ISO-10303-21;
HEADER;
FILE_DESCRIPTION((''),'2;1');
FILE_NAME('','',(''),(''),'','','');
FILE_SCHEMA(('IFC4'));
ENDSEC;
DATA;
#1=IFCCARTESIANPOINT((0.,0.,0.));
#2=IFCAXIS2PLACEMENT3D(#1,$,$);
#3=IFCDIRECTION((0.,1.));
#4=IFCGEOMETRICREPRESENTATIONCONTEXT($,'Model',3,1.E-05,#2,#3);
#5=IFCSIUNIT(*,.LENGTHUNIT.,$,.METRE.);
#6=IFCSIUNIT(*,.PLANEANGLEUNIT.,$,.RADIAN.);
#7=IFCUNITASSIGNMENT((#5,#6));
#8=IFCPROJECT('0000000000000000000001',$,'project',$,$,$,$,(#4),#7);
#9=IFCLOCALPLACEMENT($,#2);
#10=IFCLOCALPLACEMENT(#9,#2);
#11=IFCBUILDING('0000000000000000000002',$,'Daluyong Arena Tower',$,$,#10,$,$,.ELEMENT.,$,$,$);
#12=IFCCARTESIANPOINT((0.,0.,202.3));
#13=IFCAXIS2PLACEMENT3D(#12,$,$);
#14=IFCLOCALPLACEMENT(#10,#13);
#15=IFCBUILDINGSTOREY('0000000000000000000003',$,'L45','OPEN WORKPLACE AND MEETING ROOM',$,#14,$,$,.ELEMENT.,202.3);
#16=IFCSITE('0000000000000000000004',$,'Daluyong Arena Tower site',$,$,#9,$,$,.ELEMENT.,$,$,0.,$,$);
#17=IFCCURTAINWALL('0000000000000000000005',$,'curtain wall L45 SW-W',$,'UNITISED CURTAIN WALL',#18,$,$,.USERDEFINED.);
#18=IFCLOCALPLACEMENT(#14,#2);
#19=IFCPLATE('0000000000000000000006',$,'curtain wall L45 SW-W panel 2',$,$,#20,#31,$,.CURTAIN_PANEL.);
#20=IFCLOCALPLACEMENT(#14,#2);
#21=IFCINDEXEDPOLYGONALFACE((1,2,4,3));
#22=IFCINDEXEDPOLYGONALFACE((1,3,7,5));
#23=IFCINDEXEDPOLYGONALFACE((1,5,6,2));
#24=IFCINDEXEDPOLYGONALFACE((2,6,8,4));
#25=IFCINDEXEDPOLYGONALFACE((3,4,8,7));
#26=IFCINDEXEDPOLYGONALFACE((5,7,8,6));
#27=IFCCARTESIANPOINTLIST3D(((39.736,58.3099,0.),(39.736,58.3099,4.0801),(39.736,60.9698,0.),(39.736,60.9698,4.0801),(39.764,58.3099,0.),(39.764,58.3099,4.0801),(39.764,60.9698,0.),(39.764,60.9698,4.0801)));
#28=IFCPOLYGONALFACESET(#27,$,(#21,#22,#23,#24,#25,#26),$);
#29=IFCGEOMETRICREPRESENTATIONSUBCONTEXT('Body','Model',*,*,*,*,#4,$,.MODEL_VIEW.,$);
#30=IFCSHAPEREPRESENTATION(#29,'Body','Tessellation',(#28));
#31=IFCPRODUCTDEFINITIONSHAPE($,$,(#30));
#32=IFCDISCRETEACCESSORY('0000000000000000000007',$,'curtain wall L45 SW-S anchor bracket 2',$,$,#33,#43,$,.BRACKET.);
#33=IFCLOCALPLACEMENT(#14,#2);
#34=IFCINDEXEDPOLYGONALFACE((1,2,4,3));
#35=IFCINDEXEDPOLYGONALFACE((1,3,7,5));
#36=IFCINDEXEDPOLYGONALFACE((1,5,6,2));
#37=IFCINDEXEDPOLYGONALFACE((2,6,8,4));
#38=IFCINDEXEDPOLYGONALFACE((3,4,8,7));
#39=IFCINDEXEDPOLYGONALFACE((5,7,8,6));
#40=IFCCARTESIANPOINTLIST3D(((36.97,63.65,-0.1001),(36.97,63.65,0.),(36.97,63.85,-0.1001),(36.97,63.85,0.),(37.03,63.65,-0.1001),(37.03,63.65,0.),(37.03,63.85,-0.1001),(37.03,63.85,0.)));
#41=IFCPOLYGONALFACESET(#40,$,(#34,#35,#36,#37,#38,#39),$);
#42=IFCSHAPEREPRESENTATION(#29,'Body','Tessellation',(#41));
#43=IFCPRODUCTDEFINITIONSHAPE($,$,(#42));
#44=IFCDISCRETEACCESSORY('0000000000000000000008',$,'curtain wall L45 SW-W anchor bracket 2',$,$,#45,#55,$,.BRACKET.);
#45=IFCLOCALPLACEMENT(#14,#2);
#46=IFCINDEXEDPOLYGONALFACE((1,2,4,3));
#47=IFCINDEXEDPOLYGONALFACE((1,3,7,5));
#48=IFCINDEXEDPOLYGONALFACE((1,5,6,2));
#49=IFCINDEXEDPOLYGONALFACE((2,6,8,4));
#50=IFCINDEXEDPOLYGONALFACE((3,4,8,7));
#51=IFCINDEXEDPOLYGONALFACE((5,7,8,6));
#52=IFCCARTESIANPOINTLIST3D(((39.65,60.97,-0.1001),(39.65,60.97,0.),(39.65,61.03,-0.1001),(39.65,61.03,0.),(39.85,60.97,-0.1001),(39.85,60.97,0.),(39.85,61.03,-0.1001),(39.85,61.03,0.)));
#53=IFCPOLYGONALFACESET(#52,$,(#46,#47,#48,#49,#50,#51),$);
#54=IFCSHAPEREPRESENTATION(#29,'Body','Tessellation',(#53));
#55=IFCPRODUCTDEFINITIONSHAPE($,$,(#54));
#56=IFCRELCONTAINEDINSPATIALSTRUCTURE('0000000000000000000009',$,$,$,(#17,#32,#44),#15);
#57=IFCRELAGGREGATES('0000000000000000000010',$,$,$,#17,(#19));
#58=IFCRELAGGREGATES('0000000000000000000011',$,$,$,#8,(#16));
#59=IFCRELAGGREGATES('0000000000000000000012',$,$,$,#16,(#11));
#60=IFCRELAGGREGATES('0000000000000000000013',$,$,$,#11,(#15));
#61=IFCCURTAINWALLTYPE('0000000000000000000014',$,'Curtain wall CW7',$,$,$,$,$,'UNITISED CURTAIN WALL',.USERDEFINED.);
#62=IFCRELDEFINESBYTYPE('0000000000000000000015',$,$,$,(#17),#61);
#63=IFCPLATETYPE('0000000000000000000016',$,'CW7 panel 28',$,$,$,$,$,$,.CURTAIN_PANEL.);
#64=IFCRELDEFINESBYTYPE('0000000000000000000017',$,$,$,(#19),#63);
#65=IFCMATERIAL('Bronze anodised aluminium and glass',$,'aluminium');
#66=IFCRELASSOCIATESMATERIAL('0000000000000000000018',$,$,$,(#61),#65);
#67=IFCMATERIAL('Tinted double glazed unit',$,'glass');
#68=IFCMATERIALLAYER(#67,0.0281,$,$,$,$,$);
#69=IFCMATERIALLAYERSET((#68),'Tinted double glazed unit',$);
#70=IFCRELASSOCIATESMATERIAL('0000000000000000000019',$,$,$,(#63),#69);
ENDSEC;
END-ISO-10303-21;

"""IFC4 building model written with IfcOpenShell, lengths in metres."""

from ifc_helpers import new_model, si_unit, direction, frame, origin, origin_2d, place, context, subcontext, project, spatial, rectangle, extrude, material, layer, layer_set, type_object, element, aggregate, save


model = new_model("IFC4")

# Units and contexts
model_context = context("Model", 3, precision=1e-05, world=origin(), true_north=direction((0.0, 1.0)))
body_context = subcontext(model_context, "Body", "Model", "MODEL_VIEW")
ifc_project = project(units=[si_unit("LENGTHUNIT", "METRE"), si_unit("PLANEANGLEUNIT", "RADIAN")], contexts=[model_context])

# Site, building, storey
site_placement = place(None, origin())
site = spatial("IfcSite", under=ifc_project, at=site_placement, Name="Daluyong Arena Tower site", CompositionType="ELEMENT", RefElevation=0.0)
building_placement = place(site_placement, origin())
building = spatial("IfcBuilding", under=site, at=building_placement, Name="Daluyong Arena Tower", CompositionType="ELEMENT")
storey_placement = place(building_placement, frame((0.0, 0.0, 202.3)))
storey = spatial("IfcBuildingStorey", under=building, at=storey_placement, Name="L45", Description="OPEN WORKPLACE AND MEETING ROOM", CompositionType="ELEMENT", Elevation=202.3)

# Curtain wall
ifc_material_1 = material(Name="Bronze anodised aluminium and glass", Category="aluminium")
curtain_wall_type = type_object("IfcCurtainWallType", Name="Curtain wall CW7", ElementType="UNITISED CURTAIN WALL", PredefinedType="USERDEFINED", material=ifc_material_1)
curtain_wall_1_placement = place(storey_placement, origin())
curtain_wall_1 = element("IfcCurtainWall", 1, at=curtain_wall_1_placement, inside=storey, type_object=curtain_wall_type, Name="curtain wall L45 SW-W", ObjectType="UNITISED CURTAIN WALL", PredefinedType="USERDEFINED")

# Plate
ifc_material_2 = material(Name="Tinted double glazed unit", Category="glass")
ifc_layer = layer(ifc_material_2, 0.0281)
ifc_layer_set = layer_set([ifc_layer], Name="Tinted double glazed unit")
plate_type = type_object("IfcPlateType", Name="CW7 panel 28", PredefinedType="CURTAIN_PANEL", material=ifc_layer_set)
plate_1_placement = place(storey_placement, frame((39.75, 59.6399, 0.0), z_axis=(0.0, 0.0, 1.0), x_axis=(0.0, -1.0, 0.0)))
plate_1 = element("IfcPlate", 2, at=plate_1_placement, type_object=plate_type, Name="curtain wall L45 SW-W panel 2", PredefinedType="CURTAIN_PANEL", context=body_context, shape_type="SweptSolid", body=[
    extrude(rectangle(XDim=2.6599, YDim=0.0281, at=origin_2d()), origin(), (0.0, 0.0, 1.0), 4.0801),
])
aggregate(curtain_wall_1, [plate_1])

# Discrete accessories
for number, where, z_axis, x_axis, name in (
    (3, (37.0, 63.75, -0.1001), (0.0, 0.0, 1.0), (1.0, 0.0, 0.0), "curtain wall L45 SW-S anchor bracket 2"),
    (4, (39.75, 61.0, -0.1001), (0.0, 0.0, 1.0), (0.0, -1.0, 0.0), "curtain wall L45 SW-W anchor bracket 2"),
):
    element("IfcDiscreteAccessory", number, at=place(storey_placement, frame(where, z_axis=z_axis, x_axis=x_axis)), inside=storey, Name=name, PredefinedType="BRACKET", context=body_context, shape_type="SweptSolid", body=[
        extrude(rectangle(XDim=0.0601, YDim=0.2, at=origin_2d()), origin(), (0.0, 0.0, 1.0), 0.1001),
    ])

save(model, "model.ifc")
